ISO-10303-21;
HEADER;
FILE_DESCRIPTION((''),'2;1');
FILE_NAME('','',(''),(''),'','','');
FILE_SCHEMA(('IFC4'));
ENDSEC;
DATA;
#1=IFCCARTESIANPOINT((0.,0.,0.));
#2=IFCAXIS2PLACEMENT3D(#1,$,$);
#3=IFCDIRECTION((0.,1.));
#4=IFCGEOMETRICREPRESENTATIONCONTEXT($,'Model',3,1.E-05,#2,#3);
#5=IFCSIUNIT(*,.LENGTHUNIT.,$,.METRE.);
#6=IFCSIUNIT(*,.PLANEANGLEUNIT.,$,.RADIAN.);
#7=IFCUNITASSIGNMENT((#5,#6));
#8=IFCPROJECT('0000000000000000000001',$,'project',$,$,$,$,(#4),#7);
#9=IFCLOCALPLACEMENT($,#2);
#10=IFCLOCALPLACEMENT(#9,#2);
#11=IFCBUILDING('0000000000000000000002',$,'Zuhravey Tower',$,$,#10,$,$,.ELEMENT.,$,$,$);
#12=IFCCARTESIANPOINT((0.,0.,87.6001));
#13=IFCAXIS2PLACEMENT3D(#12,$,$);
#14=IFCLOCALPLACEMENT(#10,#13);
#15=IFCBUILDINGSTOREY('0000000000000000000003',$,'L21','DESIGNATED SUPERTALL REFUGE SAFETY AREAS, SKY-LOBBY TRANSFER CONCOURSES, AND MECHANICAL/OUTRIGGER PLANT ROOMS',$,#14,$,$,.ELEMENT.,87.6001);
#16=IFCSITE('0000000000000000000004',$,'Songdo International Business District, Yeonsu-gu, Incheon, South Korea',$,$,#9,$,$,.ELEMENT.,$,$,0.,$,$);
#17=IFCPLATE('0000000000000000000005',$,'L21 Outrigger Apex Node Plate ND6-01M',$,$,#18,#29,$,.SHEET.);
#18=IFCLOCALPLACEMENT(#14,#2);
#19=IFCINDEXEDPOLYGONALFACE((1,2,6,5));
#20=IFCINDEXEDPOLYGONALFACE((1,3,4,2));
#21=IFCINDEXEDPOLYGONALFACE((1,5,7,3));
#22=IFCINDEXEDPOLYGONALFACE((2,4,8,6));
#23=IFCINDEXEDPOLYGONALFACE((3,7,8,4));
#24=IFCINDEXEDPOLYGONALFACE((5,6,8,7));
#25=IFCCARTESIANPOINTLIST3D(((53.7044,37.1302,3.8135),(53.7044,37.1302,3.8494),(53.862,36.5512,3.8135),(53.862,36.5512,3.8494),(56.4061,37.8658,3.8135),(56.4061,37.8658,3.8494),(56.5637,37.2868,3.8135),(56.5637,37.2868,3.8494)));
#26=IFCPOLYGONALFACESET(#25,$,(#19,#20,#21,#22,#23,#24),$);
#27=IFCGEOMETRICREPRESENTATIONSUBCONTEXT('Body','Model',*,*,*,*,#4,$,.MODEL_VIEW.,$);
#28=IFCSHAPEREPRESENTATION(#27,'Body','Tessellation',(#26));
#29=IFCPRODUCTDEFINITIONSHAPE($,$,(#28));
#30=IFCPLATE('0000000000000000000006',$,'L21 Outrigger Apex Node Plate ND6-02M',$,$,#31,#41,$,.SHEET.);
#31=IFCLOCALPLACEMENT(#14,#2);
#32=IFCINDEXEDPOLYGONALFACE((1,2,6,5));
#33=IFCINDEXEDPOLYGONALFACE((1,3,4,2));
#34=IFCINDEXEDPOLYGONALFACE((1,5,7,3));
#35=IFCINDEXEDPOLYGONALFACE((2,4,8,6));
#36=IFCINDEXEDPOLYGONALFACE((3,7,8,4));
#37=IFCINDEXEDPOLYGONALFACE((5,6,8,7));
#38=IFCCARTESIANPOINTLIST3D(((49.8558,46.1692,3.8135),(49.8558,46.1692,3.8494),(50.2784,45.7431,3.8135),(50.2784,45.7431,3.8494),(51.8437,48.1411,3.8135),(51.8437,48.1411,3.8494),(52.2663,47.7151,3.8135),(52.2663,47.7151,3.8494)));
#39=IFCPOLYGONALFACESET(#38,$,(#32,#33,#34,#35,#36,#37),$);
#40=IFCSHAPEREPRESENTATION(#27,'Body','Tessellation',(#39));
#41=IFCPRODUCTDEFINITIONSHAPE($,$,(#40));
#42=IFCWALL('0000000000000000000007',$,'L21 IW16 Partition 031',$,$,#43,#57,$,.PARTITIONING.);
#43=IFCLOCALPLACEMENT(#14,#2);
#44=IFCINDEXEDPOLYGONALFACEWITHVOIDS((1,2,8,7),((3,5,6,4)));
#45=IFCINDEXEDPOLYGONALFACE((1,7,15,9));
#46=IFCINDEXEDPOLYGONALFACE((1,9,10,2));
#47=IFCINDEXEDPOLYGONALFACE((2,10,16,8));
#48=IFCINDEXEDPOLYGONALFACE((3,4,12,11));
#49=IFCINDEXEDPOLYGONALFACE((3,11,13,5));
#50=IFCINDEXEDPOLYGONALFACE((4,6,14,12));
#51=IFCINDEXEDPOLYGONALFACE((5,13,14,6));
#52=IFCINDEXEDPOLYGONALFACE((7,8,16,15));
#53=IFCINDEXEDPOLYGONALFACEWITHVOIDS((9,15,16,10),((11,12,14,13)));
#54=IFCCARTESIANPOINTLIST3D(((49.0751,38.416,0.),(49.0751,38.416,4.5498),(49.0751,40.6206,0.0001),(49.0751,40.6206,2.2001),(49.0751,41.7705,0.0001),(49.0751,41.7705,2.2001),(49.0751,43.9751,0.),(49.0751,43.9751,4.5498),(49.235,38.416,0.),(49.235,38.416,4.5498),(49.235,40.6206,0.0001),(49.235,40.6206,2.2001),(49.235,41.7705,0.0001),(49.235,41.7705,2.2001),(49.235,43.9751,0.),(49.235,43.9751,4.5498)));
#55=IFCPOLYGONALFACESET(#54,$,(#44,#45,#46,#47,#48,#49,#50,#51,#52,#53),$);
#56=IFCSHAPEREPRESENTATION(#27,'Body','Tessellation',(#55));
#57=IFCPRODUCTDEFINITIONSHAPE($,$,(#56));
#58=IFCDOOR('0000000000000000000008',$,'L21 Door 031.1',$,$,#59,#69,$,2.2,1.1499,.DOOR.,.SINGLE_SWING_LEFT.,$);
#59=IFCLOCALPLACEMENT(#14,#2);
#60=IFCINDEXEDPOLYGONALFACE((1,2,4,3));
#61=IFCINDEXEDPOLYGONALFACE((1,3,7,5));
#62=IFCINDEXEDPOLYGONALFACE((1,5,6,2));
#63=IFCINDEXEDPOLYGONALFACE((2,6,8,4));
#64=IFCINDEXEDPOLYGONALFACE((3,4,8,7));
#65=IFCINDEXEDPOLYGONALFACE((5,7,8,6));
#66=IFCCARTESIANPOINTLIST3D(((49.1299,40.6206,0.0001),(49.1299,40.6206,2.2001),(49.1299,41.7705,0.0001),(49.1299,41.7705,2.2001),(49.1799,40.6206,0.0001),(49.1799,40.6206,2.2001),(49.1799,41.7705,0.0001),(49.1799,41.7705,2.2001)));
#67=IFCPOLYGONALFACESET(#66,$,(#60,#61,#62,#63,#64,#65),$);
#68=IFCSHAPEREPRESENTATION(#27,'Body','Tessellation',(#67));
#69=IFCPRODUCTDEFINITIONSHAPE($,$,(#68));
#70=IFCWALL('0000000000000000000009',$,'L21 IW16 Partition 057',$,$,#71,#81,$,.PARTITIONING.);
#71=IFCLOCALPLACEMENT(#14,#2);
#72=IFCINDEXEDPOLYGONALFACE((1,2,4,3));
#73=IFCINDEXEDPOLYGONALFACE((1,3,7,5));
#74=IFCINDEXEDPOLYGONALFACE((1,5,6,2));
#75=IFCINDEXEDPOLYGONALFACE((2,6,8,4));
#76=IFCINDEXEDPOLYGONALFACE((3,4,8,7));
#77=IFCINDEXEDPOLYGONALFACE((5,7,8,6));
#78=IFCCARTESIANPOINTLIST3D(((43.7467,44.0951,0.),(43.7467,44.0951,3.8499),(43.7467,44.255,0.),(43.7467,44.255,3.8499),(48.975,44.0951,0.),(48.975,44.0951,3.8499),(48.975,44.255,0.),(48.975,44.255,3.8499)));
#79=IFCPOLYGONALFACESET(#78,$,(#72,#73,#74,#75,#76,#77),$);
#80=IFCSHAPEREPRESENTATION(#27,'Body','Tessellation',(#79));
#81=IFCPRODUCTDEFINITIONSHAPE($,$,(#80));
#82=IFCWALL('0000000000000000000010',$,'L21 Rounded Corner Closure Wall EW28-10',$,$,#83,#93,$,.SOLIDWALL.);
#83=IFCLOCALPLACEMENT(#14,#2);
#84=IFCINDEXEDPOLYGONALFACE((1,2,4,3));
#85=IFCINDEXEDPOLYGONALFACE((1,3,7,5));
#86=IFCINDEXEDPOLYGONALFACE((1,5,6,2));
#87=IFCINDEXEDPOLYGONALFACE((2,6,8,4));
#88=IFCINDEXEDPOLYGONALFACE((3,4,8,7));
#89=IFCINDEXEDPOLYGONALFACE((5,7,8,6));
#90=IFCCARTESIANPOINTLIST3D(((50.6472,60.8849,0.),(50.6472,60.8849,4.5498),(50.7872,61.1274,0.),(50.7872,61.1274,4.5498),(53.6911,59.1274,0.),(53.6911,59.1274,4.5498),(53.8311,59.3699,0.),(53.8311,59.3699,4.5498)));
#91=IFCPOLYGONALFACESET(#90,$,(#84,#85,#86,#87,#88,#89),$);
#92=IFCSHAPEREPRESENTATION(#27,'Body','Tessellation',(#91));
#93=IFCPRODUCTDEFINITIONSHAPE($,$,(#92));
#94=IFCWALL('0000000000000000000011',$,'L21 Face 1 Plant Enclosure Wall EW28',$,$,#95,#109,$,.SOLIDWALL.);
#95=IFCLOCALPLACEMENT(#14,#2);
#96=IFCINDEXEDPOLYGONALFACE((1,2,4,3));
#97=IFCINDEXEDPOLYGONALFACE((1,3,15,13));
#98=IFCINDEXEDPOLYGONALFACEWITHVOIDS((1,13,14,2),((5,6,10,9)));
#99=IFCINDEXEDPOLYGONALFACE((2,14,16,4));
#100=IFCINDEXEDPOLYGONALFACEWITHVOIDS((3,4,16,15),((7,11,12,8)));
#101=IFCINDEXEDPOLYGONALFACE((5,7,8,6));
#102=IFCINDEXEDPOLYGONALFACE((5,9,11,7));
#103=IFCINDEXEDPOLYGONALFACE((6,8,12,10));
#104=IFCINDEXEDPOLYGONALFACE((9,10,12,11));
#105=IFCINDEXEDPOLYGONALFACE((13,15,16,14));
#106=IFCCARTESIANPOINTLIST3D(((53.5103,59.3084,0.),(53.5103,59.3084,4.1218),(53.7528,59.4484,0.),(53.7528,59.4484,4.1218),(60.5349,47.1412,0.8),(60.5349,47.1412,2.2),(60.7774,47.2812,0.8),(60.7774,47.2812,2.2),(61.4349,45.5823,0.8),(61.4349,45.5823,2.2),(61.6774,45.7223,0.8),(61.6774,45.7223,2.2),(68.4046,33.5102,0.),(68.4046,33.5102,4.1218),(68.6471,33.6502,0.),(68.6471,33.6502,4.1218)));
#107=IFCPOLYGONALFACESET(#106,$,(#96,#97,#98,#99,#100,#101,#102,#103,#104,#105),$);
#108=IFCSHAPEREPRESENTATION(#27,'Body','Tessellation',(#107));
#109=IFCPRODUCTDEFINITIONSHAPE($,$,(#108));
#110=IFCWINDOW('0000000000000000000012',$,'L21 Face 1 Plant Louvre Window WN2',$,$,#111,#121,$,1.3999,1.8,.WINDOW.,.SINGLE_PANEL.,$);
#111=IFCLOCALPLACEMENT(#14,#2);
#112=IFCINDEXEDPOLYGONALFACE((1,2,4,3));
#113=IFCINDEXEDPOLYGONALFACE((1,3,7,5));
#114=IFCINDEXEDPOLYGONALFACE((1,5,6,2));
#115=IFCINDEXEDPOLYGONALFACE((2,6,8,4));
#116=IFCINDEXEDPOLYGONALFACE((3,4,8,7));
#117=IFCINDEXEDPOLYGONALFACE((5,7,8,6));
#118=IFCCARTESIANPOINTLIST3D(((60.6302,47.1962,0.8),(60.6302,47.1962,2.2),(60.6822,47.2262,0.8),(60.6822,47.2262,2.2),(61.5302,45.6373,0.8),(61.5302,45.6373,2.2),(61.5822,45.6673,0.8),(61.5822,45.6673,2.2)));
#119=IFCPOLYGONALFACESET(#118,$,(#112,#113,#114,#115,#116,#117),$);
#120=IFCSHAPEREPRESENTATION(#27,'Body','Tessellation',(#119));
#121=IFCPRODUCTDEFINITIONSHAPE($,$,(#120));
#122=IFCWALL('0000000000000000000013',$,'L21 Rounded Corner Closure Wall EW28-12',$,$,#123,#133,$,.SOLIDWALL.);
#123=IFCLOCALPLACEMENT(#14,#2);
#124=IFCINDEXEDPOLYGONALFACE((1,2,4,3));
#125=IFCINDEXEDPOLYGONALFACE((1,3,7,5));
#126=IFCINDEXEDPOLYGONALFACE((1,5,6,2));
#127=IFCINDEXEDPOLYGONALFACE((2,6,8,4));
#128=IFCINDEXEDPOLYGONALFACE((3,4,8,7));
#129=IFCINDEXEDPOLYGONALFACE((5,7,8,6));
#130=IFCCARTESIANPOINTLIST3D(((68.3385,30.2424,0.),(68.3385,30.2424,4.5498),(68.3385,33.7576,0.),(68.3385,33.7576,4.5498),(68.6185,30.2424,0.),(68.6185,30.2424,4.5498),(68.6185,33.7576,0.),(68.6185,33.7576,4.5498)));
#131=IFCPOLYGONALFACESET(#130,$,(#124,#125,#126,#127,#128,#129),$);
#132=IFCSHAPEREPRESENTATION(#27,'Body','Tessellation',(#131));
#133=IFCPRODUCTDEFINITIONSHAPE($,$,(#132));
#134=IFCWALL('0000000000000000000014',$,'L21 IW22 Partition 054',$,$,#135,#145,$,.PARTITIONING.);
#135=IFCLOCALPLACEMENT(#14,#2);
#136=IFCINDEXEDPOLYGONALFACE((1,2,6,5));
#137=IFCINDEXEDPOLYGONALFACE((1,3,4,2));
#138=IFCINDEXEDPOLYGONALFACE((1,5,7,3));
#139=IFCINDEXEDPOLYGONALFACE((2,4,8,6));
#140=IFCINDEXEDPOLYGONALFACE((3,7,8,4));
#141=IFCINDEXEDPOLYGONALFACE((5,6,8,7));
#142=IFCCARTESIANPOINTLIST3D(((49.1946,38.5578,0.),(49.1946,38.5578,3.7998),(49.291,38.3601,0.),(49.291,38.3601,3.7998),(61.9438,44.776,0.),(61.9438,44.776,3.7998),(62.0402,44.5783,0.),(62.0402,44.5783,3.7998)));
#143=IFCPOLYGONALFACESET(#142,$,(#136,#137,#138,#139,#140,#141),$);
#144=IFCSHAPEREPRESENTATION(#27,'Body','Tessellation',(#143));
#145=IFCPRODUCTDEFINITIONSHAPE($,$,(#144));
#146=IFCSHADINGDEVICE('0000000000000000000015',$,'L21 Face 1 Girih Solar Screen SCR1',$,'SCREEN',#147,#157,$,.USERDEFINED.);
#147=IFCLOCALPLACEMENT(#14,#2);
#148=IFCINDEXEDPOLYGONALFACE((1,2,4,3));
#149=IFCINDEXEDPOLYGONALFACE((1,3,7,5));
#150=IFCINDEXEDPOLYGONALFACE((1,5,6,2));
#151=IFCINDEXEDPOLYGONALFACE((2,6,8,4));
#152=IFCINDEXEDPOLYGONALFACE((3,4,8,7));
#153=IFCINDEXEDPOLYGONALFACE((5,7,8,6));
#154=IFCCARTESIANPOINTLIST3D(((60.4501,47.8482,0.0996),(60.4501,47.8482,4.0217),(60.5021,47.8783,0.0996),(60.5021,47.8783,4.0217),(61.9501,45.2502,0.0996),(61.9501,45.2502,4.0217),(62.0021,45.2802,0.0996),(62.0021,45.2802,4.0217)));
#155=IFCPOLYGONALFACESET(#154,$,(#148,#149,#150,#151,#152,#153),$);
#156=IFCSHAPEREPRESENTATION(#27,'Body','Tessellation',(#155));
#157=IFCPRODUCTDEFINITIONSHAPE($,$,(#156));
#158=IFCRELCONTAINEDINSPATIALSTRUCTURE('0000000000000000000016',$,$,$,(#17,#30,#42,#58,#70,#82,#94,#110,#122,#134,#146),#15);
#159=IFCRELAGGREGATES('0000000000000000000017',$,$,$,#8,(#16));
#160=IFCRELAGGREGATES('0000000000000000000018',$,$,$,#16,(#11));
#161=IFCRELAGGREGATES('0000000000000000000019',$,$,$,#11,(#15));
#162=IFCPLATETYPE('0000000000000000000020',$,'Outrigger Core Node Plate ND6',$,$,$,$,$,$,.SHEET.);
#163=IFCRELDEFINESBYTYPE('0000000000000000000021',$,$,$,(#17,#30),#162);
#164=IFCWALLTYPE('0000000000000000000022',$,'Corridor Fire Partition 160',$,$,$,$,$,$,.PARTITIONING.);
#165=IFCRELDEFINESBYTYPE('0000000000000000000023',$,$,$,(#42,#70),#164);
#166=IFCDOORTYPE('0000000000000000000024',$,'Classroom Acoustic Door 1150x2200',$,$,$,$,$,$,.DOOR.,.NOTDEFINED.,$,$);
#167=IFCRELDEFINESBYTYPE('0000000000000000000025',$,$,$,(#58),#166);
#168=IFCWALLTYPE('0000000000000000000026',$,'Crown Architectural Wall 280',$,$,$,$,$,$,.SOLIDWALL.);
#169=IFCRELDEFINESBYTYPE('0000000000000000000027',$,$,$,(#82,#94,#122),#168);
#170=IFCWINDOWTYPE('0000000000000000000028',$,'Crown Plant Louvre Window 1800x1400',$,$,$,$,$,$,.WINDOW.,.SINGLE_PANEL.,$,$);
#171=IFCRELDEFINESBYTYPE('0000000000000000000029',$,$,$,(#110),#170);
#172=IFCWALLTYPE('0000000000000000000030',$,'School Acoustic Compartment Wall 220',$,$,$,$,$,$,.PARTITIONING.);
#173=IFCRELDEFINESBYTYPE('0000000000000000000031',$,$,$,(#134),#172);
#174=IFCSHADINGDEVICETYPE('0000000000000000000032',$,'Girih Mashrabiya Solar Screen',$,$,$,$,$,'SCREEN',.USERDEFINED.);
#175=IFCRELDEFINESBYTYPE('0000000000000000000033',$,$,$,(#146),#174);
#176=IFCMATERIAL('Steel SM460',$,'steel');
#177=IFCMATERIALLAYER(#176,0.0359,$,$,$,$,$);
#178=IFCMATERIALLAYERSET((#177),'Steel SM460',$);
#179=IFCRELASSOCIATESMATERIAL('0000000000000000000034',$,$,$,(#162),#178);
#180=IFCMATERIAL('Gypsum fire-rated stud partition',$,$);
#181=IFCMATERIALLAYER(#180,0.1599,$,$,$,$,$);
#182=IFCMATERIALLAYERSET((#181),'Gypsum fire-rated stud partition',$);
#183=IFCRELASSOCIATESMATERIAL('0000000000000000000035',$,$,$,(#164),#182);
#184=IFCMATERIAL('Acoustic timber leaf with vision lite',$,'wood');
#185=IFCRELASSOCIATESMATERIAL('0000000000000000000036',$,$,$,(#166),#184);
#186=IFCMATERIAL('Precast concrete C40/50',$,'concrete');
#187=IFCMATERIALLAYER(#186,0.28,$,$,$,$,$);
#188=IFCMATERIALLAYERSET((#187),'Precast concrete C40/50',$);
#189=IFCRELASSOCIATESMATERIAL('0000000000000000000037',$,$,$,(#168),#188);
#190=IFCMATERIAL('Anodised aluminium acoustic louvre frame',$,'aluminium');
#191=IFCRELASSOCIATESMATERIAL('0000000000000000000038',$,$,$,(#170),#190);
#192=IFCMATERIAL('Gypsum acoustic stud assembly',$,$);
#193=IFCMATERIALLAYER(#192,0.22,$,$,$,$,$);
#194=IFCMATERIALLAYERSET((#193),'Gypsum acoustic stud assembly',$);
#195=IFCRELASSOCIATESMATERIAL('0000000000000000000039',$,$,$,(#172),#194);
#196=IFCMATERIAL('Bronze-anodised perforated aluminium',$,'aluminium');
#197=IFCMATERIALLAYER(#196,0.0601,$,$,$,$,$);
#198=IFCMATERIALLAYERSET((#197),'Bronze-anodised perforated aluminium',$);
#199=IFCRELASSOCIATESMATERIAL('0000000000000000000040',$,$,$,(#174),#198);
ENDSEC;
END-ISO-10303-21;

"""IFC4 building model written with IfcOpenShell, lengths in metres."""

from ifc_helpers import new_model, si_unit, direction, frame, frame_2d, origin, origin_2d, place, context, subcontext, project, spatial, rectangle, extrude, material, layer, layer_set, type_object, element, fill, save


model = new_model("IFC4")

# Units and contexts
model_context = context("Model", 3, precision=1e-05, world=origin(), true_north=direction((0.0, 1.0)))
body_context = subcontext(model_context, "Body", "Model", "MODEL_VIEW")
ifc_project = project(units=[si_unit("LENGTHUNIT", "METRE"), si_unit("PLANEANGLEUNIT", "RADIAN")], contexts=[model_context])

# Site, building, storey
site_placement = place(None, origin())
site = spatial("IfcSite", under=ifc_project, at=site_placement, Name="Songdo International Business District, Yeonsu-gu, Incheon, South Korea", CompositionType="ELEMENT", RefElevation=0.0)
building_placement = place(site_placement, origin())
building = spatial("IfcBuilding", under=site, at=building_placement, Name="Zuhravey Tower", CompositionType="ELEMENT")
storey_placement = place(building_placement, frame((0.0, 0.0, 87.6001)))
storey = spatial("IfcBuildingStorey", under=building, at=storey_placement, Name="L21", Description="DESIGNATED SUPERTALL REFUGE SAFETY AREAS, SKY-LOBBY TRANSFER CONCOURSES, AND MECHANICAL/OUTRIGGER PLANT ROOMS", CompositionType="ELEMENT", Elevation=87.6001)

# Shared definitions
ifc_material_1 = material(Name="Steel SM460", Category="steel")

# Plates
ifc_layer_1 = layer(ifc_material_1, 0.0359)
ifc_layer_set_1 = layer_set([ifc_layer_1], Name="Steel SM460")
plate_type_1 = type_object("IfcPlateType", Name="Outrigger Core Node Plate ND6", PredefinedType="SHEET", material=ifc_layer_set_1)
for number, where, z_axis, x_axis, name in (
    (1, (55.134, 37.2085, 3.8135), (0.0, 0.0, 1.0), (0.964879, 0.262694, 0.0), "L21 Outrigger Apex Node Plate ND6-01M"),
    (2, (51.061, 46.9421, 3.8135), (0.0, 0.0, 1.0), (0.70994, 0.704263, 0.0), "L21 Outrigger Apex Node Plate ND6-02M"),
):
    element("IfcPlate", number, at=place(storey_placement, frame(where, z_axis=z_axis, x_axis=x_axis)), inside=storey, type_object=plate_type_1, Name=name, PredefinedType="SHEET", context=body_context, shape_type="SweptSolid", body=[
        extrude(rectangle(XDim=2.8, YDim=0.6001, at=origin_2d()), origin(), (0.0, 0.0, 1.0), 0.0359),
    ])

# Wall, opening, door
ifc_material_2 = material(Name="Gypsum fire-rated stud partition")
ifc_layer_2 = layer(ifc_material_2, 0.1599)
ifc_layer_set_2 = layer_set([ifc_layer_2], Name="Gypsum fire-rated stud partition")
wall_type_1 = type_object("IfcWallType", Name="Corridor Fire Partition 160", PredefinedType="PARTITIONING", material=ifc_layer_set_2)
wall_1_placement = place(storey_placement, frame((49.155, 38.416, 0.0), z_axis=(0.0, 0.0, 1.0), x_axis=(0.0, 1.0, 0.0)))
wall_1 = element("IfcWall", 3, at=wall_1_placement, inside=storey, type_object=wall_type_1, Name="L21 IW16 Partition 031", PredefinedType="PARTITIONING", context=body_context, shape_type="SweptSolid", body=[
    extrude(rectangle(XDim=5.5591, YDim=0.1599, at=frame_2d((2.7795, 0.0))), origin(), (0.0, 0.0, 1.0), 4.5498),
])
opening_1_placement = place(wall_1_placement, frame((2.2046, 0.0, 0.0)))
opening_1 = element("IfcOpeningElement", 4, at=opening_1_placement, cuts=wall_1, PredefinedType="OPENING", context=body_context, shape_type="SweptSolid", body=[
    extrude(rectangle(XDim=1.1499, YDim=2.2, at=frame_2d((0.575, 1.1001))), frame((0.0, 0.092, 0.0), z_axis=(0.0, -1.0, 0.0), x_axis=(1.0, 0.0, 0.0)), (0.0, 0.0, 1.0), 0.1838),
])
ifc_material_3 = material(Name="Acoustic timber leaf with vision lite", Category="wood")
door_type = type_object("IfcDoorType", Name="Classroom Acoustic Door 1150x2200", OperationType="NOTDEFINED", PredefinedType="DOOR", material=ifc_material_3)
door_placement = place(opening_1_placement, frame((1.1499, 0.0, 0.0), z_axis=(0.0, 0.0, 1.0), x_axis=(-1.0, 0.0, 0.0)))
door = element("IfcDoor", 5, at=door_placement, inside=storey, type_object=door_type, Name="L21 Door 031.1", OperationType="SINGLE_SWING_LEFT", OverallHeight=2.2, OverallWidth=1.1499, PredefinedType="DOOR", context=body_context, shape_type="SweptSolid", body=[
    extrude(rectangle(XDim=1.1499, YDim=2.2, at=frame_2d((0.575, 1.1001))), frame((0.0, 0.0249, 0.0), z_axis=(0.0, -1.0, 0.0), x_axis=(1.0, 0.0, 0.0)), (0.0, 0.0, 1.0), 0.05),
])
fill(opening_1, door)

# Walls
wall_2_placement = place(storey_placement, frame((48.9751, 44.175, 0.0), z_axis=(0.0, 0.0, 1.0), x_axis=(-1.0, 0.0, 0.0)))
element("IfcWall", 6, at=wall_2_placement, inside=storey, type_object=wall_type_1, Name="L21 IW16 Partition 057", PredefinedType="PARTITIONING", context=body_context, shape_type="SweptSolid", body=[
    extrude(rectangle(XDim=5.2283, YDim=0.1599, at=frame_2d((2.6143, 0.0))), origin(), (0.0, 0.0, 1.0), 3.8499),
])
ifc_material_4 = material(Name="Precast concrete C40/50", Category="concrete")
ifc_layer_3 = layer(ifc_material_4, 0.28)
ifc_layer_set_3 = layer_set([ifc_layer_3], Name="Precast concrete C40/50")
wall_type_2 = type_object("IfcWallType", Name="Crown Architectural Wall 280", PredefinedType="SOLIDWALL", material=ifc_layer_set_3)
wall_3_placement = place(storey_placement, frame((50.7173, 61.0061, 0.0), z_axis=(0.0, 0.0, 1.0), x_axis=(0.866007, -0.500031, 0.0)))
element("IfcWall", 7, at=wall_3_placement, inside=storey, type_object=wall_type_2, Name="L21 Rounded Corner Closure Wall EW28-10", PredefinedType="SOLIDWALL", context=body_context, shape_type="SweptSolid", body=[
    extrude(rectangle(XDim=3.5149, YDim=0.28, at=frame_2d((1.7573, 0.0))), origin(), (0.0, 0.0, 1.0), 4.5498),
])

# Wall, opening, window
wall_4_placement = place(storey_placement, frame((53.6316, 59.3784, 0.0), z_axis=(0.0, 0.0, 1.0), x_axis=(0.49999, -0.866031, 0.0)))
wall_4 = element("IfcWall", 8, at=wall_4_placement, inside=storey, type_object=wall_type_2, Name="L21 Face 1 Plant Enclosure Wall EW28", PredefinedType="SOLIDWALL", context=body_context, shape_type="SweptSolid", body=[
    extrude(rectangle(XDim=29.7891, YDim=0.28, at=frame_2d((14.8945, 0.0))), origin(), (0.0, 0.0, 1.0), 4.1218),
])
opening_2_placement = place(wall_4_placement, frame((14.0496, 0.0, 0.8)))
opening_2 = element("IfcOpeningElement", 9, at=opening_2_placement, cuts=wall_4, PredefinedType="OPENING", context=body_context, shape_type="SweptSolid", body=[
    extrude(rectangle(XDim=1.8, YDim=1.3999, at=frame_2d((0.8999, 0.7))), frame((0.0, 0.1521, 0.0), z_axis=(0.0, -1.0, 0.0), x_axis=(1.0, 0.0, 0.0)), (0.0, 0.0, 1.0), 0.304),
])
ifc_material_5 = material(Name="Anodised aluminium acoustic louvre frame", Category="aluminium")
window_type = type_object("IfcWindowType", Name="Crown Plant Louvre Window 1800x1400", PartitioningType="SINGLE_PANEL", PredefinedType="WINDOW", material=ifc_material_5)
window_placement = place(opening_2_placement, origin())
window = element("IfcWindow", 10, at=window_placement, inside=storey, type_object=window_type, Name="L21 Face 1 Plant Louvre Window WN2", OverallHeight=1.3999, OverallWidth=1.8, PartitioningType="SINGLE_PANEL", PredefinedType="WINDOW", context=body_context, shape_type="SweptSolid", body=[
    extrude(rectangle(XDim=1.8, YDim=1.3999, at=frame_2d((0.8999, 0.7))), frame((0.0, 0.03, 0.0), z_axis=(0.0, -1.0, 0.0), x_axis=(1.0, 0.0, 0.0)), (0.0, 0.0, 1.0), 0.0601),
])
fill(opening_2, window)

# Walls
wall_5_placement = place(storey_placement, frame((68.4785, 33.7576, 0.0), z_axis=(0.0, 0.0, 1.0), x_axis=(0.0, -1.0, 0.0)))
element("IfcWall", 11, at=wall_5_placement, inside=storey, type_object=wall_type_2, Name="L21 Rounded Corner Closure Wall EW28-12", PredefinedType="SOLIDWALL", context=body_context, shape_type="SweptSolid", body=[
    extrude(rectangle(XDim=3.5151, YDim=0.28, at=frame_2d((1.7576, 0.0))), origin(), (0.0, 0.0, 1.0), 4.5498),
])
ifc_material_6 = material(Name="Gypsum acoustic stud assembly")
ifc_layer_4 = layer(ifc_material_6, 0.22)
ifc_layer_set_4 = layer_set([ifc_layer_4], Name="Gypsum acoustic stud assembly")
wall_type_3 = type_object("IfcWallType", Name="School Acoustic Compartment Wall 220", PredefinedType="PARTITIONING", material=ifc_layer_set_4)
wall_6_placement = place(storey_placement, frame((49.2429, 38.459, 0.0), z_axis=(0.0, 0.0, 1.0), x_axis=(0.898793, 0.438373, 0.0)))
element("IfcWall", 12, at=wall_6_placement, inside=storey, type_object=wall_type_3, Name="L21 IW22 Partition 054", PredefinedType="PARTITIONING", context=body_context, shape_type="SweptSolid", body=[
    extrude(rectangle(XDim=14.1848, YDim=0.22, at=frame_2d((7.0923, 0.0))), origin(), (0.0, 0.0, 1.0), 3.7998),
])

# Shading device
ifc_material_7 = material(Name="Bronze-anodised perforated aluminium", Category="aluminium")
ifc_layer_5 = layer(ifc_material_7, 0.0601)
ifc_layer_set_5 = layer_set([ifc_layer_5], Name="Bronze-anodised perforated aluminium")
shading_device_type = type_object("IfcShadingDeviceType", Name="Girih Mashrabiya Solar Screen", ElementType="SCREEN", PredefinedType="USERDEFINED", material=ifc_layer_set_5)
shading_device_placement = place(storey_placement, frame((61.2261, 46.5642, 0.0996), z_axis=(0.0, 0.0, 1.0), x_axis=(0.5, -0.866025, 0.0)))
element("IfcShadingDevice", 13, at=shading_device_placement, inside=storey, type_object=shading_device_type, Name="L21 Face 1 Girih Solar Screen SCR1", ObjectType="SCREEN", PredefinedType="USERDEFINED", context=body_context, shape_type="SweptSolid", body=[
    extrude(rectangle(XDim=3.0, YDim=0.0601, at=origin_2d()), origin(), (0.0, 0.0, 1.0), 3.9221),
])

save(model, "model.ifc")
